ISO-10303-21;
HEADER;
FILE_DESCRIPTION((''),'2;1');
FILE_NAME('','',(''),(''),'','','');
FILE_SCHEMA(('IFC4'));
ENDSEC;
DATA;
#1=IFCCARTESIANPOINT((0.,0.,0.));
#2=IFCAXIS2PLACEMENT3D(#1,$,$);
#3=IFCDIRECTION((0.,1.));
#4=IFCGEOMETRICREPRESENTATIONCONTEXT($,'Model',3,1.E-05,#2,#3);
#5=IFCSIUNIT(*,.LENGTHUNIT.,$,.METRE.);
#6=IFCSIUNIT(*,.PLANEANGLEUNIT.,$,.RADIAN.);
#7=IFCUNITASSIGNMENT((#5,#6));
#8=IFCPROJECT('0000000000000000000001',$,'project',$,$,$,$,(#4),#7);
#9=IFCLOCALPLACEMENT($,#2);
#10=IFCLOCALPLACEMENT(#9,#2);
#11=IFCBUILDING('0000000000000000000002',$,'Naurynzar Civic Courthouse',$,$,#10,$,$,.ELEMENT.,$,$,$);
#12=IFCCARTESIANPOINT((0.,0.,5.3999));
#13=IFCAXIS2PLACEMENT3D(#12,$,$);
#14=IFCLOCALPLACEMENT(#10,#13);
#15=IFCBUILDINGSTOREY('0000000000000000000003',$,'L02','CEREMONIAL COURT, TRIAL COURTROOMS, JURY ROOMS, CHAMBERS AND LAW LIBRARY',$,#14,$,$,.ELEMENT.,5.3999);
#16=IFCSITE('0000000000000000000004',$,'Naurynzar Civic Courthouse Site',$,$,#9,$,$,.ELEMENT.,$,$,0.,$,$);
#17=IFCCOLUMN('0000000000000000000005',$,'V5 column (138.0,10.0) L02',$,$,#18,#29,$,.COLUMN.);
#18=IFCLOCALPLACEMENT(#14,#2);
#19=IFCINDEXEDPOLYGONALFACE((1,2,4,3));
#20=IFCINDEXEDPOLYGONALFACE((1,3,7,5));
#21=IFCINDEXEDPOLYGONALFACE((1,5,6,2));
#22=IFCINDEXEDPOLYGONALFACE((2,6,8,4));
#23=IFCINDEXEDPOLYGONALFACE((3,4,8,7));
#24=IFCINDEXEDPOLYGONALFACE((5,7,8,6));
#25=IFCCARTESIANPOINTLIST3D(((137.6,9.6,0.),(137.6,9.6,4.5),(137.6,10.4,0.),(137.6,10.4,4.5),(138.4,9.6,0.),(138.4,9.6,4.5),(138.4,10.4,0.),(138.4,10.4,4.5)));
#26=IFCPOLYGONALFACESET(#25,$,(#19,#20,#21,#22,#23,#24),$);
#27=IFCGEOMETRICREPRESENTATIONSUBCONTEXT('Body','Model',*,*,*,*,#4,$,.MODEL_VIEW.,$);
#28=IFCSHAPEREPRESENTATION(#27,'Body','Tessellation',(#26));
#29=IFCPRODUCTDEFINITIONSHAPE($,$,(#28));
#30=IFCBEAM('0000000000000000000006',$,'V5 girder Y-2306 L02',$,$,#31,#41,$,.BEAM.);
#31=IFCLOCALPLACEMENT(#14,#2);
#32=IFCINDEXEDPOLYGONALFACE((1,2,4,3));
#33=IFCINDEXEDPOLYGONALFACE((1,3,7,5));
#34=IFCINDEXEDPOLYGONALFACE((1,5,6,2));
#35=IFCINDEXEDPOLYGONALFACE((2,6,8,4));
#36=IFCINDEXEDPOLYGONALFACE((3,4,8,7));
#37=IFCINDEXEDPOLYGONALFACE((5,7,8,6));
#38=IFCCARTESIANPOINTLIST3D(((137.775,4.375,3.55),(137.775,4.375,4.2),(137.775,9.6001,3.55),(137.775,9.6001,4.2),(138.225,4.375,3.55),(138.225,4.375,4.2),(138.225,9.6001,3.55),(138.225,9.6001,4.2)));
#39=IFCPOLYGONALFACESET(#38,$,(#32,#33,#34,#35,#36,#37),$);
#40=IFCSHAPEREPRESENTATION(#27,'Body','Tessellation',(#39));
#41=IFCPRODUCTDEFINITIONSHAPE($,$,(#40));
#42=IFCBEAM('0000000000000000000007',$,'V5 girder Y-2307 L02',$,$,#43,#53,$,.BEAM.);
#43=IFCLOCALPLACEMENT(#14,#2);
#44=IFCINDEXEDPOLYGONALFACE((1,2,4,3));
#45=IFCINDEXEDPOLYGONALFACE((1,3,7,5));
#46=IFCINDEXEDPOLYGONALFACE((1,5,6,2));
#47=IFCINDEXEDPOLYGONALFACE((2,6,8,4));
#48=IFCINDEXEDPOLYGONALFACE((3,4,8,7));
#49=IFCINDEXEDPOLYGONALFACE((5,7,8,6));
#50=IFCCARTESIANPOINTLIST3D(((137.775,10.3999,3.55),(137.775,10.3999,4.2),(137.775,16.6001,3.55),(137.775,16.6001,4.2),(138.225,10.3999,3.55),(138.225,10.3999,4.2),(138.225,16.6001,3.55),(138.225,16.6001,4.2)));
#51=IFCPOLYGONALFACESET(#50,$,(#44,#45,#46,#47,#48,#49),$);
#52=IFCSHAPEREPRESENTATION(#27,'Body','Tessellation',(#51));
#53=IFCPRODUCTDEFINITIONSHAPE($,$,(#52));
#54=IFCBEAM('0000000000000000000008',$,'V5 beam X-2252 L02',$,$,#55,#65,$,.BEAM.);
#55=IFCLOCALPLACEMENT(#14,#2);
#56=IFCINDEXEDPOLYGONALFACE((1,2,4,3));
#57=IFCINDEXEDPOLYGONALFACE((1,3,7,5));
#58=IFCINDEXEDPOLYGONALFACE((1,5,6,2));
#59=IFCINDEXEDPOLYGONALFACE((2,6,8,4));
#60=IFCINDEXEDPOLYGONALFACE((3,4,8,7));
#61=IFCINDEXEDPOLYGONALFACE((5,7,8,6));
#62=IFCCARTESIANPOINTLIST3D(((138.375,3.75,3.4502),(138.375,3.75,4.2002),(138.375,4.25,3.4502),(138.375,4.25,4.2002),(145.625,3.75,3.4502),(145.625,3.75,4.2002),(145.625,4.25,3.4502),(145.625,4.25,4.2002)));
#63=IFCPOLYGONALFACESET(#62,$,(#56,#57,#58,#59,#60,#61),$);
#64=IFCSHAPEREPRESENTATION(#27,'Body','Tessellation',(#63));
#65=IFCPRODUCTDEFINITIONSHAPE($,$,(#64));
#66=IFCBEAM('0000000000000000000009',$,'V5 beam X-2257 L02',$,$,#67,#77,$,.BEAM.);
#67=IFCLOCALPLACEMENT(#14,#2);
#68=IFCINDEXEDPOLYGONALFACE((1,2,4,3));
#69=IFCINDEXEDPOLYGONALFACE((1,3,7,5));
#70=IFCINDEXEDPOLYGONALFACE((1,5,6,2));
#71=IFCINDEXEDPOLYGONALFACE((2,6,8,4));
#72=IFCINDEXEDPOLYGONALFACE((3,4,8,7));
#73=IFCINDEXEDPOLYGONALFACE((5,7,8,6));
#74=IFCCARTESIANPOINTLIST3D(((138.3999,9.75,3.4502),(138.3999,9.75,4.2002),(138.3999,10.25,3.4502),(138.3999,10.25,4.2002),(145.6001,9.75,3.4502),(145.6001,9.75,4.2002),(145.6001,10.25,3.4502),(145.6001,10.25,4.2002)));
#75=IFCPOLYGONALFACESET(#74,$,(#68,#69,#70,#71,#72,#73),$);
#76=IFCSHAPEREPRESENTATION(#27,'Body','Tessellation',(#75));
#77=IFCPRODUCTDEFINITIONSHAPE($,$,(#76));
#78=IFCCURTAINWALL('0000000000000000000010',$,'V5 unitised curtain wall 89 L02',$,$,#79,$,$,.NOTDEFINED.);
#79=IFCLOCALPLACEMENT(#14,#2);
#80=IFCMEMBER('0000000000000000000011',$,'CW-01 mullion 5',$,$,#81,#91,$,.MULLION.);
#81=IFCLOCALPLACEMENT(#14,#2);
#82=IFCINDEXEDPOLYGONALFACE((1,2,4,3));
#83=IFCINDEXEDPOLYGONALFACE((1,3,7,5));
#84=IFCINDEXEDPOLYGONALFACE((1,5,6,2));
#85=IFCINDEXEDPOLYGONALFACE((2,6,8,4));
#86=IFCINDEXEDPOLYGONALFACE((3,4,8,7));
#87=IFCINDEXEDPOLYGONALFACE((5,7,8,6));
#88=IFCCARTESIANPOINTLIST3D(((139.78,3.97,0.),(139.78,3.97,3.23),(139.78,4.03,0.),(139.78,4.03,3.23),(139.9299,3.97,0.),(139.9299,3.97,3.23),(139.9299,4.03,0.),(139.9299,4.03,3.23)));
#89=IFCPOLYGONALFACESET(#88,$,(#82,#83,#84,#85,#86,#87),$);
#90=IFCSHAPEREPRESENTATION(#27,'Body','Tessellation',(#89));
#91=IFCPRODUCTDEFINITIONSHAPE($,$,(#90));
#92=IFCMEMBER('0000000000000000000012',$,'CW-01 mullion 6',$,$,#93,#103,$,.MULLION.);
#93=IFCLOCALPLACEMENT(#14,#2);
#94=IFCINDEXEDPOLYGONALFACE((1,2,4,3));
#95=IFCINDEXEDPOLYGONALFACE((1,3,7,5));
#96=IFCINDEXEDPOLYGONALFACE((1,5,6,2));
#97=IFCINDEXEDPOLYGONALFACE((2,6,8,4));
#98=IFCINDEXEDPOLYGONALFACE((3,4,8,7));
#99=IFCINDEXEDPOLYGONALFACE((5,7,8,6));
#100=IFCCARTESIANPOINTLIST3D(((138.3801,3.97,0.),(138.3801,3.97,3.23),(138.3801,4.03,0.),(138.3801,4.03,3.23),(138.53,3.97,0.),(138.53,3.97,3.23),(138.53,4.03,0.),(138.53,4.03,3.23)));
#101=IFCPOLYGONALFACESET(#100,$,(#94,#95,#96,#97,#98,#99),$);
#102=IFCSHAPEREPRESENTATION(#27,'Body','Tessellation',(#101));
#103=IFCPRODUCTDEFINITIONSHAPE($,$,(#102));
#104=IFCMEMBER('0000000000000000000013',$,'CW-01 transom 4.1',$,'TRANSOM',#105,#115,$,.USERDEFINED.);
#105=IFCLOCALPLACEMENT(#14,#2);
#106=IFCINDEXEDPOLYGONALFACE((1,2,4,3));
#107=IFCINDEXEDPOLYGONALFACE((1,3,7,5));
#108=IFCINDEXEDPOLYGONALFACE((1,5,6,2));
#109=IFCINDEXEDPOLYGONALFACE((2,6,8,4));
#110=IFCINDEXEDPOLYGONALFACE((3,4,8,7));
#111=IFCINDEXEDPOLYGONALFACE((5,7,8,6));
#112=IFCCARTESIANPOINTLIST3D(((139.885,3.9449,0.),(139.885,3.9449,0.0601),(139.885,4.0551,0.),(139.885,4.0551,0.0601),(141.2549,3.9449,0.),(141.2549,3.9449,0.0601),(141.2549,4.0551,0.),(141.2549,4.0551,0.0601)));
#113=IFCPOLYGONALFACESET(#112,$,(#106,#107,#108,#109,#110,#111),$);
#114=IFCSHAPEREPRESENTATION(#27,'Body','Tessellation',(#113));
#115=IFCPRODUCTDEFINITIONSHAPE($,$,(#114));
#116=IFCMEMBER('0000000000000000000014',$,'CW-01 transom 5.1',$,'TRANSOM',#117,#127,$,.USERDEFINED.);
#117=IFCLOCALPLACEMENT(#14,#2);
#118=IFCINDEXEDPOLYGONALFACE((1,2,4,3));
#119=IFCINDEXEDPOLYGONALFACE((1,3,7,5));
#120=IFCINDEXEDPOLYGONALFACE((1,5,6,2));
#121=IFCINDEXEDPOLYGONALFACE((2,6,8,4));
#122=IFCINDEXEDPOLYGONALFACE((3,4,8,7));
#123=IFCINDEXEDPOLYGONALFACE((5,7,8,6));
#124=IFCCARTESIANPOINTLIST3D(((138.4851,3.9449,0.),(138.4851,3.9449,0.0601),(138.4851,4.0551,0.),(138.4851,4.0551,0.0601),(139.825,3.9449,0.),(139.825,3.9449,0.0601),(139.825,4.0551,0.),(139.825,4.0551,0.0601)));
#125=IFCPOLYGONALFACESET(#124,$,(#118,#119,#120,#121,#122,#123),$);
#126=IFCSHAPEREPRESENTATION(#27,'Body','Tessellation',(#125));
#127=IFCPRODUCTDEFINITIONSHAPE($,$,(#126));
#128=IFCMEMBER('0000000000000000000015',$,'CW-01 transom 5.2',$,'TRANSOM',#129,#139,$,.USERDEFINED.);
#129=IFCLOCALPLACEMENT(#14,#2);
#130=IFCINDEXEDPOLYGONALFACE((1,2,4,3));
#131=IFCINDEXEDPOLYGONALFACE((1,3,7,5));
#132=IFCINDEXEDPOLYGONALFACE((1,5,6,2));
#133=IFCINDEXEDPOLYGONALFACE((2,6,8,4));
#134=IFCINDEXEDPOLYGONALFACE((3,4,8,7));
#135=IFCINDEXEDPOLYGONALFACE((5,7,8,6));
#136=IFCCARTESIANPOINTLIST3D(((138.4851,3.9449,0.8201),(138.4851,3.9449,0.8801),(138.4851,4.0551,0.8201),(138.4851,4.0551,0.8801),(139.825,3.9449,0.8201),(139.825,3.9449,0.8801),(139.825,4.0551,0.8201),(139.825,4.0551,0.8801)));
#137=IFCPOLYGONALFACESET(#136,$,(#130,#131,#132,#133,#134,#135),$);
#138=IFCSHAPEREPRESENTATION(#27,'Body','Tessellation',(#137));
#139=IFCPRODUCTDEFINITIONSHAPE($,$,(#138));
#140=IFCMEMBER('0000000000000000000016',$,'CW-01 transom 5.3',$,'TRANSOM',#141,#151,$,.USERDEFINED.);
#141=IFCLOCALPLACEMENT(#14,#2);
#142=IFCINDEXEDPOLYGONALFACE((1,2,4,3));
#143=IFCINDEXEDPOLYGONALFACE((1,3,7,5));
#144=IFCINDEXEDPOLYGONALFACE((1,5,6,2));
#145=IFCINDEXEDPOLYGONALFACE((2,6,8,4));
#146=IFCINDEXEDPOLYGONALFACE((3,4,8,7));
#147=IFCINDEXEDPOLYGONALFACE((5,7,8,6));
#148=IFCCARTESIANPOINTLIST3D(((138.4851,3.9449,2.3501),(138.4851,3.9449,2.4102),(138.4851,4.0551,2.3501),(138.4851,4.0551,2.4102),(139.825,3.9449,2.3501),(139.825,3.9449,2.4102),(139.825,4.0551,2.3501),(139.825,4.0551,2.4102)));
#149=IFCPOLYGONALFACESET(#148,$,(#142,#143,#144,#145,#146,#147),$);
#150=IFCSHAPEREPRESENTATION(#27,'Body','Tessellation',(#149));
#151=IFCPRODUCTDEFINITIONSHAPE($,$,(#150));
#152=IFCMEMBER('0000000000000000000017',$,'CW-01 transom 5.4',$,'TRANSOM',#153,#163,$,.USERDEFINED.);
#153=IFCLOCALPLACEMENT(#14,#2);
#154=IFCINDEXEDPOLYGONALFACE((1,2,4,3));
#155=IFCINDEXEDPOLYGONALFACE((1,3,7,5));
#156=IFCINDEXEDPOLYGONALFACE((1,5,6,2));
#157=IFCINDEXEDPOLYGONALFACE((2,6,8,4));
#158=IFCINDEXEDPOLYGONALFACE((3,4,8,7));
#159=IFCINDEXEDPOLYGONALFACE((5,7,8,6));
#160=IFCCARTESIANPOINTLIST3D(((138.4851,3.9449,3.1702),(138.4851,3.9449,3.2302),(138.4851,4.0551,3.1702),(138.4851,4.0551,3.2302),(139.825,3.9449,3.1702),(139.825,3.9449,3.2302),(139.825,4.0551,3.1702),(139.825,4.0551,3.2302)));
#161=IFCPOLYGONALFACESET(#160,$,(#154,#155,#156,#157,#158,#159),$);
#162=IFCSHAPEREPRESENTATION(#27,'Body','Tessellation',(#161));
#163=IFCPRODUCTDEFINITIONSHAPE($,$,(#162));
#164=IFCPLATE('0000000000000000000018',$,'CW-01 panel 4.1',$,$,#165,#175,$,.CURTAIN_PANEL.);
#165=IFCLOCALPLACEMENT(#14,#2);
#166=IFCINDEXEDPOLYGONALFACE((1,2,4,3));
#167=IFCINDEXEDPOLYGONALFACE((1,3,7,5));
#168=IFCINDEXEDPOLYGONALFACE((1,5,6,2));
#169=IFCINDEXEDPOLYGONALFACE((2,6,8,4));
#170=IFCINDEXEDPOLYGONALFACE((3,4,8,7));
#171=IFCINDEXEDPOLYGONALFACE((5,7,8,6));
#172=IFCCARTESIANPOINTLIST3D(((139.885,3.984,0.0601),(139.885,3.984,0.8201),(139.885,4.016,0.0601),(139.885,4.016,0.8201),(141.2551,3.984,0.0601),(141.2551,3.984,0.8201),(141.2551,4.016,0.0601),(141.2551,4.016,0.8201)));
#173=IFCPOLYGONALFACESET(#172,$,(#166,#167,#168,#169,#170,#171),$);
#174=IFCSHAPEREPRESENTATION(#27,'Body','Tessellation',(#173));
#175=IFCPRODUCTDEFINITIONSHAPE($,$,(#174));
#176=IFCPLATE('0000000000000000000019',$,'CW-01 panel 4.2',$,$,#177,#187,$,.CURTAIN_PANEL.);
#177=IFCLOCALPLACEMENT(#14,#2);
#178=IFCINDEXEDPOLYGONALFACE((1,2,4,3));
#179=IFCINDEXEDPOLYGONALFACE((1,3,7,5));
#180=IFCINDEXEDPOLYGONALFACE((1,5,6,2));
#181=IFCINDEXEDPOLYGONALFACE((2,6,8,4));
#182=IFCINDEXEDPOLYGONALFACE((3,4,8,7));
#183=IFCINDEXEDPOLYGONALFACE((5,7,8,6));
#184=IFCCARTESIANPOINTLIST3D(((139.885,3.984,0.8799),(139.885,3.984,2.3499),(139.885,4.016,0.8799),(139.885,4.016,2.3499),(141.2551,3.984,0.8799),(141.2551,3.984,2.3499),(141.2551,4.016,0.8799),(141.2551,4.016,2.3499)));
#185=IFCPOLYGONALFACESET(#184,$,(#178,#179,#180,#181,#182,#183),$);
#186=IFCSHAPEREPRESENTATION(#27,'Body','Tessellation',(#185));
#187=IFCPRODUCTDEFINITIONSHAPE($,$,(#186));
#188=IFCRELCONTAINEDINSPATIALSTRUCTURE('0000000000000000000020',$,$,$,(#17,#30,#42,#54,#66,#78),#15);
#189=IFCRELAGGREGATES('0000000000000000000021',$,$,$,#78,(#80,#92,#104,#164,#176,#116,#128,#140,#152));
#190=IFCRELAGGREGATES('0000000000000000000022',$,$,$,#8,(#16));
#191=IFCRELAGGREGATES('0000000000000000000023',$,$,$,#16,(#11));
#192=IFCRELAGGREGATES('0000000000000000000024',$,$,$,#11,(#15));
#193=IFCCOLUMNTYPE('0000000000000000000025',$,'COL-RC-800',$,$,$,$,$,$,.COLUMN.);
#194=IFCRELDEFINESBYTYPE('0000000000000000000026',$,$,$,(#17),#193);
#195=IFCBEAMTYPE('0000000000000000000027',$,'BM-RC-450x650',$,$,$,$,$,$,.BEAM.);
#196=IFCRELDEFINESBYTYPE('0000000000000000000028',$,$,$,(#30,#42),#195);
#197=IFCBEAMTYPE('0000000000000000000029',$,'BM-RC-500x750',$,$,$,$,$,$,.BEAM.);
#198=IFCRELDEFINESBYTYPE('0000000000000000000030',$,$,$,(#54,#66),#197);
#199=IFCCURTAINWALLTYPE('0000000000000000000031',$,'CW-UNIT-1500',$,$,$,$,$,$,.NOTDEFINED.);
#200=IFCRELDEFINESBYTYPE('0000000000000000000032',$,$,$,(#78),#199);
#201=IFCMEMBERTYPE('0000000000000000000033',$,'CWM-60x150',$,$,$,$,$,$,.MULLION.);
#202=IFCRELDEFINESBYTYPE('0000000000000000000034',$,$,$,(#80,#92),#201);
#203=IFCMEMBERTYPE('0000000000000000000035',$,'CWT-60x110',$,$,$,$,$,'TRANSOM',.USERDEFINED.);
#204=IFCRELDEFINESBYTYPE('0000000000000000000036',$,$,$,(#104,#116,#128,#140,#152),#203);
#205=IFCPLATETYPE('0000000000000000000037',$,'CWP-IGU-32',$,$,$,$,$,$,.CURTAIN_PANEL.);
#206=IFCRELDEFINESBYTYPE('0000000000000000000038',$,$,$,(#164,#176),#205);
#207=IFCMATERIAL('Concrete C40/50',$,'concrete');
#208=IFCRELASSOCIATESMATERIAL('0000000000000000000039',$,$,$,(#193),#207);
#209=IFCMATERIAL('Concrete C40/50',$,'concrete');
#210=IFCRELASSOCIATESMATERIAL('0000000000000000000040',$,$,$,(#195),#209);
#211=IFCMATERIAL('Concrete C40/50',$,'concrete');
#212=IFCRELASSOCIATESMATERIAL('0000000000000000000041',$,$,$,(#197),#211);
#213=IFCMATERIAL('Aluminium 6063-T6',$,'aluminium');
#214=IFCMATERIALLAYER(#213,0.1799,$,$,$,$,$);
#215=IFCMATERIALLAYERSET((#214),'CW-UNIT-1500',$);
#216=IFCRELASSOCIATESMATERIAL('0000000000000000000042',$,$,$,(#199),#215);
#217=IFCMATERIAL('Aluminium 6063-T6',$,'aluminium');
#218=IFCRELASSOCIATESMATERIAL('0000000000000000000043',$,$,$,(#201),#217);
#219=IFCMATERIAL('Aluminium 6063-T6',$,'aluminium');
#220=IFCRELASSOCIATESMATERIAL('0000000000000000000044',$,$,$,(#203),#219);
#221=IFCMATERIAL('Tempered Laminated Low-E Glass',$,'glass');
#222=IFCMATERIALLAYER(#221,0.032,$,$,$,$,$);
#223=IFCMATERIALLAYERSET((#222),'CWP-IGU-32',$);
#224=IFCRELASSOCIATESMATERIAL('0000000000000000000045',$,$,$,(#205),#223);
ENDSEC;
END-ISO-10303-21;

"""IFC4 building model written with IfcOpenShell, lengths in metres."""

from ifc_helpers import new_model, si_unit, direction, frame, origin, origin_2d, place, context, subcontext, project, spatial, rectangle, extrude, material, layer, layer_set, material_profile, profile_set, type_object, element, aggregate, save


model = new_model("IFC4")

# Units and contexts
model_context = context("Model", 3, precision=1e-05, world=origin(), true_north=direction((0.0, 1.0)))
body_context = subcontext(model_context, "Body", "Model", "MODEL_VIEW")
ifc_project = project(units=[si_unit("LENGTHUNIT", "METRE"), si_unit("PLANEANGLEUNIT", "RADIAN")], contexts=[model_context])

# Site, building, storey
site_placement = place(None, origin())
site = spatial("IfcSite", under=ifc_project, at=site_placement, Name="Naurynzar Civic Courthouse Site", CompositionType="ELEMENT", RefElevation=0.0)
building_placement = place(site_placement, origin())
building = spatial("IfcBuilding", under=site, at=building_placement, Name="Naurynzar Civic Courthouse", CompositionType="ELEMENT")
storey_placement = place(building_placement, frame((0.0, 0.0, 5.3999)))
storey = spatial("IfcBuildingStorey", under=building, at=storey_placement, Name="L02", Description="CEREMONIAL COURT, TRIAL COURTROOMS, JURY ROOMS, CHAMBERS AND LAW LIBRARY", CompositionType="ELEMENT", Elevation=5.3999)

# Column
ifc_material_1 = material(Name="Concrete C40/50", Category="concrete")
ifc_material_profile_1 = material_profile(ifc_material_1, rectangle(XDim=0.8, YDim=0.8, at=origin_2d()), Name="RC 800x800")
ifc_profile_set_1 = profile_set([ifc_material_profile_1], Name="Concrete C40/50")
column_type = type_object("IfcColumnType", Name="COL-RC-800", PredefinedType="COLUMN", material=ifc_profile_set_1)
column_placement = place(storey_placement, frame((138.0, 10.0, 0.0), z_axis=(0.0, 0.0, 1.0), x_axis=(1.0, 0.0, 0.0)))
element("IfcColumn", 1, at=column_placement, inside=storey, type_object=column_type, Name="V5 column (138.0,10.0) L02", PredefinedType="COLUMN", context=body_context, shape_type="SweptSolid", body=[
    extrude(rectangle(XDim=0.8, YDim=0.8, at=origin_2d()), origin(), (0.0, 0.0, 1.0), 4.5),
])

# Beams
ifc_material_2 = material(Name="Concrete C40/50", Category="concrete")
ifc_material_profile_2 = material_profile(ifc_material_2, rectangle(XDim=0.45, YDim=0.6499, at=origin_2d()), Name="RCB 450x650")
ifc_profile_set_2 = profile_set([ifc_material_profile_2], Name="Concrete C40/50")
beam_type_1 = type_object("IfcBeamType", Name="BM-RC-450x650", PredefinedType="BEAM", material=ifc_profile_set_2)
beam_1_placement = place(storey_placement, frame((138.0, 4.375, 3.875), z_axis=(0.0, 1.0, 0.0), x_axis=(-1.0, 0.0, 0.0)))
element("IfcBeam", 2, at=beam_1_placement, inside=storey, type_object=beam_type_1, Name="V5 girder Y-2306 L02", PredefinedType="BEAM", context=body_context, shape_type="SweptSolid", body=[
    extrude(rectangle(XDim=0.45, YDim=0.6499, at=origin_2d()), origin(), (0.0, 0.0, 1.0), 5.2251),
])
beam_2_placement = place(storey_placement, frame((138.0, 10.3999, 3.875), z_axis=(0.0, 1.0, 0.0), x_axis=(-1.0, 0.0, 0.0)))
element("IfcBeam", 3, at=beam_2_placement, inside=storey, type_object=beam_type_1, Name="V5 girder Y-2307 L02", PredefinedType="BEAM", context=body_context, shape_type="SweptSolid", body=[
    extrude(rectangle(XDim=0.45, YDim=0.6499, at=origin_2d()), origin(), (0.0, 0.0, 1.0), 6.2002),
])
ifc_material_3 = material(Name="Concrete C40/50", Category="concrete")
ifc_material_profile_3 = material_profile(ifc_material_3, rectangle(XDim=0.5, YDim=0.75, at=origin_2d()), Name="RCB 500x750")
ifc_profile_set_3 = profile_set([ifc_material_profile_3], Name="Concrete C40/50")
beam_type_2 = type_object("IfcBeamType", Name="BM-RC-500x750", PredefinedType="BEAM", material=ifc_profile_set_3)
beam_3_placement = place(storey_placement, frame((138.375, 4.0, 3.8252), z_axis=(1.0, 0.0, 0.0), x_axis=(0.0, 1.0, 0.0)))
element("IfcBeam", 4, at=beam_3_placement, inside=storey, type_object=beam_type_2, Name="V5 beam X-2252 L02", PredefinedType="BEAM", context=body_context, shape_type="SweptSolid", body=[
    extrude(rectangle(XDim=0.5, YDim=0.75, at=origin_2d()), origin(), (0.0, 0.0, 1.0), 7.25),
])
beam_4_placement = place(storey_placement, frame((138.3999, 10.0, 3.8252), z_axis=(1.0, 0.0, 0.0), x_axis=(0.0, 1.0, 0.0)))
element("IfcBeam", 5, at=beam_4_placement, inside=storey, type_object=beam_type_2, Name="V5 beam X-2257 L02", PredefinedType="BEAM", context=body_context, shape_type="SweptSolid", body=[
    extrude(rectangle(XDim=0.5, YDim=0.75, at=origin_2d()), origin(), (0.0, 0.0, 1.0), 7.2002),
])

# Curtain wall, members, plates
ifc_material_4 = material(Name="Aluminium 6063-T6", Category="aluminium")
ifc_layer_1 = layer(ifc_material_4, 0.1799)
ifc_layer_set_1 = layer_set([ifc_layer_1], Name="CW-UNIT-1500")
curtain_wall_type = type_object("IfcCurtainWallType", Name="CW-UNIT-1500", PredefinedType="NOTDEFINED", material=ifc_layer_set_1)
curtain_wall_placement = place(storey_placement, origin())
curtain_wall = element("IfcCurtainWall", 6, at=curtain_wall_placement, inside=storey, type_object=curtain_wall_type, Name="V5 unitised curtain wall 89 L02", PredefinedType="NOTDEFINED")
ifc_material_5 = material(Name="Aluminium 6063-T6", Category="aluminium")
ifc_material_profile_4 = material_profile(ifc_material_5, rectangle(XDim=0.0601, YDim=0.1499, at=origin_2d()), Name="ALU MULLION 60x150")
ifc_profile_set_4 = profile_set([ifc_material_profile_4], Name="Aluminium 6063-T6")
member_type_1 = type_object("IfcMemberType", Name="CWM-60x150", PredefinedType="MULLION", material=ifc_profile_set_4)
member_1_placement = place(storey_placement, frame((139.855, 4.0, 0.0), z_axis=(0.0, 0.0, 1.0), x_axis=(0.0, -1.0, 0.0)))
member_1 = element("IfcMember", 7, at=member_1_placement, type_object=member_type_1, Name="CW-01 mullion 5", PredefinedType="MULLION", context=body_context, shape_type="SweptSolid", body=[
    extrude(rectangle(XDim=0.0601, YDim=0.1499, at=origin_2d()), origin(), (0.0, 0.0, 1.0), 3.23),
])
member_2_placement = place(storey_placement, frame((138.4551, 4.0, 0.0), z_axis=(0.0, 0.0, 1.0), x_axis=(0.0, -1.0, 0.0)))
member_2 = element("IfcMember", 8, at=member_2_placement, type_object=member_type_1, Name="CW-01 mullion 6", PredefinedType="MULLION", context=body_context, shape_type="SweptSolid", body=[
    extrude(rectangle(XDim=0.0601, YDim=0.1499, at=origin_2d()), origin(), (0.0, 0.0, 1.0), 3.23),
])
ifc_material_6 = material(Name="Aluminium 6063-T6", Category="aluminium")
ifc_material_profile_5 = material_profile(ifc_material_6, rectangle(XDim=0.1101, YDim=0.0601, at=origin_2d()), Name="ALU TRANSOM 60x110")
ifc_profile_set_5 = profile_set([ifc_material_profile_5], Name="Aluminium 6063-T6")
member_type_2 = type_object("IfcMemberType", Name="CWT-60x110", ElementType="TRANSOM", PredefinedType="USERDEFINED", material=ifc_profile_set_5)
member_3_placement = place(storey_placement, frame((141.2549, 4.0, 0.03), z_axis=(-1.0, 0.0, 0.0), x_axis=(0.0, -1.0, 0.0)))
member_3 = element("IfcMember", 9, at=member_3_placement, type_object=member_type_2, Name="CW-01 transom 4.1", ObjectType="TRANSOM", PredefinedType="USERDEFINED", context=body_context, shape_type="SweptSolid", body=[
    extrude(rectangle(XDim=0.1101, YDim=0.0601, at=origin_2d()), origin(), (0.0, 0.0, 1.0), 1.3699),
])
member_4_placement = place(storey_placement, frame((139.825, 4.0, 0.03), z_axis=(-1.0, 0.0, 0.0), x_axis=(0.0, -1.0, 0.0)))
member_4 = element("IfcMember", 10, at=member_4_placement, type_object=member_type_2, Name="CW-01 transom 5.1", ObjectType="TRANSOM", PredefinedType="USERDEFINED", context=body_context, shape_type="SweptSolid", body=[
    extrude(rectangle(XDim=0.1101, YDim=0.0601, at=origin_2d()), origin(), (0.0, 0.0, 1.0), 1.3398),
])
member_5_placement = place(storey_placement, frame((139.825, 4.0, 0.8501), z_axis=(-1.0, 0.0, 0.0), x_axis=(0.0, -1.0, 0.0)))
member_5 = element("IfcMember", 11, at=member_5_placement, type_object=member_type_2, Name="CW-01 transom 5.2", ObjectType="TRANSOM", PredefinedType="USERDEFINED", context=body_context, shape_type="SweptSolid", body=[
    extrude(rectangle(XDim=0.1101, YDim=0.0601, at=origin_2d()), origin(), (0.0, 0.0, 1.0), 1.3398),
])
member_6_placement = place(storey_placement, frame((139.825, 4.0, 2.3801), z_axis=(-1.0, 0.0, 0.0), x_axis=(0.0, -1.0, 0.0)))
member_6 = element("IfcMember", 12, at=member_6_placement, type_object=member_type_2, Name="CW-01 transom 5.3", ObjectType="TRANSOM", PredefinedType="USERDEFINED", context=body_context, shape_type="SweptSolid", body=[
    extrude(rectangle(XDim=0.1101, YDim=0.0601, at=origin_2d()), origin(), (0.0, 0.0, 1.0), 1.3398),
])
member_7_placement = place(storey_placement, frame((139.825, 4.0, 3.2002), z_axis=(-1.0, 0.0, 0.0), x_axis=(0.0, -1.0, 0.0)))
member_7 = element("IfcMember", 13, at=member_7_placement, type_object=member_type_2, Name="CW-01 transom 5.4", ObjectType="TRANSOM", PredefinedType="USERDEFINED", context=body_context, shape_type="SweptSolid", body=[
    extrude(rectangle(XDim=0.1101, YDim=0.0601, at=origin_2d()), origin(), (0.0, 0.0, 1.0), 1.3398),
])
ifc_material_7 = material(Name="Tempered Laminated Low-E Glass", Category="glass")
ifc_layer_2 = layer(ifc_material_7, 0.032)
ifc_layer_set_2 = layer_set([ifc_layer_2], Name="CWP-IGU-32")
plate_type = type_object("IfcPlateType", Name="CWP-IGU-32", PredefinedType="CURTAIN_PANEL", material=ifc_layer_set_2)
plate_1_placement = place(storey_placement, frame((140.5701, 4.0, 0.0601), z_axis=(0.0, 0.0, 1.0), x_axis=(-1.0, 0.0, 0.0)))
plate_1 = element("IfcPlate", 14, at=plate_1_placement, type_object=plate_type, Name="CW-01 panel 4.1", PredefinedType="CURTAIN_PANEL", context=body_context, shape_type="SweptSolid", body=[
    extrude(rectangle(XDim=1.3701, YDim=0.032, at=origin_2d()), origin(), (0.0, 0.0, 1.0), 0.76),
])
plate_2_placement = place(storey_placement, frame((140.5701, 4.0, 0.8799), z_axis=(0.0, 0.0, 1.0), x_axis=(-1.0, 0.0, 0.0)))
plate_2 = element("IfcPlate", 15, at=plate_2_placement, type_object=plate_type, Name="CW-01 panel 4.2", PredefinedType="CURTAIN_PANEL", context=body_context, shape_type="SweptSolid", body=[
    extrude(rectangle(XDim=1.3701, YDim=0.032, at=origin_2d()), origin(), (0.0, 0.0, 1.0), 1.47),
])
aggregate(curtain_wall, [member_1, member_2, member_3, plate_1, plate_2, member_4, member_5, member_6, member_7])

save(model, "model.ifc")
